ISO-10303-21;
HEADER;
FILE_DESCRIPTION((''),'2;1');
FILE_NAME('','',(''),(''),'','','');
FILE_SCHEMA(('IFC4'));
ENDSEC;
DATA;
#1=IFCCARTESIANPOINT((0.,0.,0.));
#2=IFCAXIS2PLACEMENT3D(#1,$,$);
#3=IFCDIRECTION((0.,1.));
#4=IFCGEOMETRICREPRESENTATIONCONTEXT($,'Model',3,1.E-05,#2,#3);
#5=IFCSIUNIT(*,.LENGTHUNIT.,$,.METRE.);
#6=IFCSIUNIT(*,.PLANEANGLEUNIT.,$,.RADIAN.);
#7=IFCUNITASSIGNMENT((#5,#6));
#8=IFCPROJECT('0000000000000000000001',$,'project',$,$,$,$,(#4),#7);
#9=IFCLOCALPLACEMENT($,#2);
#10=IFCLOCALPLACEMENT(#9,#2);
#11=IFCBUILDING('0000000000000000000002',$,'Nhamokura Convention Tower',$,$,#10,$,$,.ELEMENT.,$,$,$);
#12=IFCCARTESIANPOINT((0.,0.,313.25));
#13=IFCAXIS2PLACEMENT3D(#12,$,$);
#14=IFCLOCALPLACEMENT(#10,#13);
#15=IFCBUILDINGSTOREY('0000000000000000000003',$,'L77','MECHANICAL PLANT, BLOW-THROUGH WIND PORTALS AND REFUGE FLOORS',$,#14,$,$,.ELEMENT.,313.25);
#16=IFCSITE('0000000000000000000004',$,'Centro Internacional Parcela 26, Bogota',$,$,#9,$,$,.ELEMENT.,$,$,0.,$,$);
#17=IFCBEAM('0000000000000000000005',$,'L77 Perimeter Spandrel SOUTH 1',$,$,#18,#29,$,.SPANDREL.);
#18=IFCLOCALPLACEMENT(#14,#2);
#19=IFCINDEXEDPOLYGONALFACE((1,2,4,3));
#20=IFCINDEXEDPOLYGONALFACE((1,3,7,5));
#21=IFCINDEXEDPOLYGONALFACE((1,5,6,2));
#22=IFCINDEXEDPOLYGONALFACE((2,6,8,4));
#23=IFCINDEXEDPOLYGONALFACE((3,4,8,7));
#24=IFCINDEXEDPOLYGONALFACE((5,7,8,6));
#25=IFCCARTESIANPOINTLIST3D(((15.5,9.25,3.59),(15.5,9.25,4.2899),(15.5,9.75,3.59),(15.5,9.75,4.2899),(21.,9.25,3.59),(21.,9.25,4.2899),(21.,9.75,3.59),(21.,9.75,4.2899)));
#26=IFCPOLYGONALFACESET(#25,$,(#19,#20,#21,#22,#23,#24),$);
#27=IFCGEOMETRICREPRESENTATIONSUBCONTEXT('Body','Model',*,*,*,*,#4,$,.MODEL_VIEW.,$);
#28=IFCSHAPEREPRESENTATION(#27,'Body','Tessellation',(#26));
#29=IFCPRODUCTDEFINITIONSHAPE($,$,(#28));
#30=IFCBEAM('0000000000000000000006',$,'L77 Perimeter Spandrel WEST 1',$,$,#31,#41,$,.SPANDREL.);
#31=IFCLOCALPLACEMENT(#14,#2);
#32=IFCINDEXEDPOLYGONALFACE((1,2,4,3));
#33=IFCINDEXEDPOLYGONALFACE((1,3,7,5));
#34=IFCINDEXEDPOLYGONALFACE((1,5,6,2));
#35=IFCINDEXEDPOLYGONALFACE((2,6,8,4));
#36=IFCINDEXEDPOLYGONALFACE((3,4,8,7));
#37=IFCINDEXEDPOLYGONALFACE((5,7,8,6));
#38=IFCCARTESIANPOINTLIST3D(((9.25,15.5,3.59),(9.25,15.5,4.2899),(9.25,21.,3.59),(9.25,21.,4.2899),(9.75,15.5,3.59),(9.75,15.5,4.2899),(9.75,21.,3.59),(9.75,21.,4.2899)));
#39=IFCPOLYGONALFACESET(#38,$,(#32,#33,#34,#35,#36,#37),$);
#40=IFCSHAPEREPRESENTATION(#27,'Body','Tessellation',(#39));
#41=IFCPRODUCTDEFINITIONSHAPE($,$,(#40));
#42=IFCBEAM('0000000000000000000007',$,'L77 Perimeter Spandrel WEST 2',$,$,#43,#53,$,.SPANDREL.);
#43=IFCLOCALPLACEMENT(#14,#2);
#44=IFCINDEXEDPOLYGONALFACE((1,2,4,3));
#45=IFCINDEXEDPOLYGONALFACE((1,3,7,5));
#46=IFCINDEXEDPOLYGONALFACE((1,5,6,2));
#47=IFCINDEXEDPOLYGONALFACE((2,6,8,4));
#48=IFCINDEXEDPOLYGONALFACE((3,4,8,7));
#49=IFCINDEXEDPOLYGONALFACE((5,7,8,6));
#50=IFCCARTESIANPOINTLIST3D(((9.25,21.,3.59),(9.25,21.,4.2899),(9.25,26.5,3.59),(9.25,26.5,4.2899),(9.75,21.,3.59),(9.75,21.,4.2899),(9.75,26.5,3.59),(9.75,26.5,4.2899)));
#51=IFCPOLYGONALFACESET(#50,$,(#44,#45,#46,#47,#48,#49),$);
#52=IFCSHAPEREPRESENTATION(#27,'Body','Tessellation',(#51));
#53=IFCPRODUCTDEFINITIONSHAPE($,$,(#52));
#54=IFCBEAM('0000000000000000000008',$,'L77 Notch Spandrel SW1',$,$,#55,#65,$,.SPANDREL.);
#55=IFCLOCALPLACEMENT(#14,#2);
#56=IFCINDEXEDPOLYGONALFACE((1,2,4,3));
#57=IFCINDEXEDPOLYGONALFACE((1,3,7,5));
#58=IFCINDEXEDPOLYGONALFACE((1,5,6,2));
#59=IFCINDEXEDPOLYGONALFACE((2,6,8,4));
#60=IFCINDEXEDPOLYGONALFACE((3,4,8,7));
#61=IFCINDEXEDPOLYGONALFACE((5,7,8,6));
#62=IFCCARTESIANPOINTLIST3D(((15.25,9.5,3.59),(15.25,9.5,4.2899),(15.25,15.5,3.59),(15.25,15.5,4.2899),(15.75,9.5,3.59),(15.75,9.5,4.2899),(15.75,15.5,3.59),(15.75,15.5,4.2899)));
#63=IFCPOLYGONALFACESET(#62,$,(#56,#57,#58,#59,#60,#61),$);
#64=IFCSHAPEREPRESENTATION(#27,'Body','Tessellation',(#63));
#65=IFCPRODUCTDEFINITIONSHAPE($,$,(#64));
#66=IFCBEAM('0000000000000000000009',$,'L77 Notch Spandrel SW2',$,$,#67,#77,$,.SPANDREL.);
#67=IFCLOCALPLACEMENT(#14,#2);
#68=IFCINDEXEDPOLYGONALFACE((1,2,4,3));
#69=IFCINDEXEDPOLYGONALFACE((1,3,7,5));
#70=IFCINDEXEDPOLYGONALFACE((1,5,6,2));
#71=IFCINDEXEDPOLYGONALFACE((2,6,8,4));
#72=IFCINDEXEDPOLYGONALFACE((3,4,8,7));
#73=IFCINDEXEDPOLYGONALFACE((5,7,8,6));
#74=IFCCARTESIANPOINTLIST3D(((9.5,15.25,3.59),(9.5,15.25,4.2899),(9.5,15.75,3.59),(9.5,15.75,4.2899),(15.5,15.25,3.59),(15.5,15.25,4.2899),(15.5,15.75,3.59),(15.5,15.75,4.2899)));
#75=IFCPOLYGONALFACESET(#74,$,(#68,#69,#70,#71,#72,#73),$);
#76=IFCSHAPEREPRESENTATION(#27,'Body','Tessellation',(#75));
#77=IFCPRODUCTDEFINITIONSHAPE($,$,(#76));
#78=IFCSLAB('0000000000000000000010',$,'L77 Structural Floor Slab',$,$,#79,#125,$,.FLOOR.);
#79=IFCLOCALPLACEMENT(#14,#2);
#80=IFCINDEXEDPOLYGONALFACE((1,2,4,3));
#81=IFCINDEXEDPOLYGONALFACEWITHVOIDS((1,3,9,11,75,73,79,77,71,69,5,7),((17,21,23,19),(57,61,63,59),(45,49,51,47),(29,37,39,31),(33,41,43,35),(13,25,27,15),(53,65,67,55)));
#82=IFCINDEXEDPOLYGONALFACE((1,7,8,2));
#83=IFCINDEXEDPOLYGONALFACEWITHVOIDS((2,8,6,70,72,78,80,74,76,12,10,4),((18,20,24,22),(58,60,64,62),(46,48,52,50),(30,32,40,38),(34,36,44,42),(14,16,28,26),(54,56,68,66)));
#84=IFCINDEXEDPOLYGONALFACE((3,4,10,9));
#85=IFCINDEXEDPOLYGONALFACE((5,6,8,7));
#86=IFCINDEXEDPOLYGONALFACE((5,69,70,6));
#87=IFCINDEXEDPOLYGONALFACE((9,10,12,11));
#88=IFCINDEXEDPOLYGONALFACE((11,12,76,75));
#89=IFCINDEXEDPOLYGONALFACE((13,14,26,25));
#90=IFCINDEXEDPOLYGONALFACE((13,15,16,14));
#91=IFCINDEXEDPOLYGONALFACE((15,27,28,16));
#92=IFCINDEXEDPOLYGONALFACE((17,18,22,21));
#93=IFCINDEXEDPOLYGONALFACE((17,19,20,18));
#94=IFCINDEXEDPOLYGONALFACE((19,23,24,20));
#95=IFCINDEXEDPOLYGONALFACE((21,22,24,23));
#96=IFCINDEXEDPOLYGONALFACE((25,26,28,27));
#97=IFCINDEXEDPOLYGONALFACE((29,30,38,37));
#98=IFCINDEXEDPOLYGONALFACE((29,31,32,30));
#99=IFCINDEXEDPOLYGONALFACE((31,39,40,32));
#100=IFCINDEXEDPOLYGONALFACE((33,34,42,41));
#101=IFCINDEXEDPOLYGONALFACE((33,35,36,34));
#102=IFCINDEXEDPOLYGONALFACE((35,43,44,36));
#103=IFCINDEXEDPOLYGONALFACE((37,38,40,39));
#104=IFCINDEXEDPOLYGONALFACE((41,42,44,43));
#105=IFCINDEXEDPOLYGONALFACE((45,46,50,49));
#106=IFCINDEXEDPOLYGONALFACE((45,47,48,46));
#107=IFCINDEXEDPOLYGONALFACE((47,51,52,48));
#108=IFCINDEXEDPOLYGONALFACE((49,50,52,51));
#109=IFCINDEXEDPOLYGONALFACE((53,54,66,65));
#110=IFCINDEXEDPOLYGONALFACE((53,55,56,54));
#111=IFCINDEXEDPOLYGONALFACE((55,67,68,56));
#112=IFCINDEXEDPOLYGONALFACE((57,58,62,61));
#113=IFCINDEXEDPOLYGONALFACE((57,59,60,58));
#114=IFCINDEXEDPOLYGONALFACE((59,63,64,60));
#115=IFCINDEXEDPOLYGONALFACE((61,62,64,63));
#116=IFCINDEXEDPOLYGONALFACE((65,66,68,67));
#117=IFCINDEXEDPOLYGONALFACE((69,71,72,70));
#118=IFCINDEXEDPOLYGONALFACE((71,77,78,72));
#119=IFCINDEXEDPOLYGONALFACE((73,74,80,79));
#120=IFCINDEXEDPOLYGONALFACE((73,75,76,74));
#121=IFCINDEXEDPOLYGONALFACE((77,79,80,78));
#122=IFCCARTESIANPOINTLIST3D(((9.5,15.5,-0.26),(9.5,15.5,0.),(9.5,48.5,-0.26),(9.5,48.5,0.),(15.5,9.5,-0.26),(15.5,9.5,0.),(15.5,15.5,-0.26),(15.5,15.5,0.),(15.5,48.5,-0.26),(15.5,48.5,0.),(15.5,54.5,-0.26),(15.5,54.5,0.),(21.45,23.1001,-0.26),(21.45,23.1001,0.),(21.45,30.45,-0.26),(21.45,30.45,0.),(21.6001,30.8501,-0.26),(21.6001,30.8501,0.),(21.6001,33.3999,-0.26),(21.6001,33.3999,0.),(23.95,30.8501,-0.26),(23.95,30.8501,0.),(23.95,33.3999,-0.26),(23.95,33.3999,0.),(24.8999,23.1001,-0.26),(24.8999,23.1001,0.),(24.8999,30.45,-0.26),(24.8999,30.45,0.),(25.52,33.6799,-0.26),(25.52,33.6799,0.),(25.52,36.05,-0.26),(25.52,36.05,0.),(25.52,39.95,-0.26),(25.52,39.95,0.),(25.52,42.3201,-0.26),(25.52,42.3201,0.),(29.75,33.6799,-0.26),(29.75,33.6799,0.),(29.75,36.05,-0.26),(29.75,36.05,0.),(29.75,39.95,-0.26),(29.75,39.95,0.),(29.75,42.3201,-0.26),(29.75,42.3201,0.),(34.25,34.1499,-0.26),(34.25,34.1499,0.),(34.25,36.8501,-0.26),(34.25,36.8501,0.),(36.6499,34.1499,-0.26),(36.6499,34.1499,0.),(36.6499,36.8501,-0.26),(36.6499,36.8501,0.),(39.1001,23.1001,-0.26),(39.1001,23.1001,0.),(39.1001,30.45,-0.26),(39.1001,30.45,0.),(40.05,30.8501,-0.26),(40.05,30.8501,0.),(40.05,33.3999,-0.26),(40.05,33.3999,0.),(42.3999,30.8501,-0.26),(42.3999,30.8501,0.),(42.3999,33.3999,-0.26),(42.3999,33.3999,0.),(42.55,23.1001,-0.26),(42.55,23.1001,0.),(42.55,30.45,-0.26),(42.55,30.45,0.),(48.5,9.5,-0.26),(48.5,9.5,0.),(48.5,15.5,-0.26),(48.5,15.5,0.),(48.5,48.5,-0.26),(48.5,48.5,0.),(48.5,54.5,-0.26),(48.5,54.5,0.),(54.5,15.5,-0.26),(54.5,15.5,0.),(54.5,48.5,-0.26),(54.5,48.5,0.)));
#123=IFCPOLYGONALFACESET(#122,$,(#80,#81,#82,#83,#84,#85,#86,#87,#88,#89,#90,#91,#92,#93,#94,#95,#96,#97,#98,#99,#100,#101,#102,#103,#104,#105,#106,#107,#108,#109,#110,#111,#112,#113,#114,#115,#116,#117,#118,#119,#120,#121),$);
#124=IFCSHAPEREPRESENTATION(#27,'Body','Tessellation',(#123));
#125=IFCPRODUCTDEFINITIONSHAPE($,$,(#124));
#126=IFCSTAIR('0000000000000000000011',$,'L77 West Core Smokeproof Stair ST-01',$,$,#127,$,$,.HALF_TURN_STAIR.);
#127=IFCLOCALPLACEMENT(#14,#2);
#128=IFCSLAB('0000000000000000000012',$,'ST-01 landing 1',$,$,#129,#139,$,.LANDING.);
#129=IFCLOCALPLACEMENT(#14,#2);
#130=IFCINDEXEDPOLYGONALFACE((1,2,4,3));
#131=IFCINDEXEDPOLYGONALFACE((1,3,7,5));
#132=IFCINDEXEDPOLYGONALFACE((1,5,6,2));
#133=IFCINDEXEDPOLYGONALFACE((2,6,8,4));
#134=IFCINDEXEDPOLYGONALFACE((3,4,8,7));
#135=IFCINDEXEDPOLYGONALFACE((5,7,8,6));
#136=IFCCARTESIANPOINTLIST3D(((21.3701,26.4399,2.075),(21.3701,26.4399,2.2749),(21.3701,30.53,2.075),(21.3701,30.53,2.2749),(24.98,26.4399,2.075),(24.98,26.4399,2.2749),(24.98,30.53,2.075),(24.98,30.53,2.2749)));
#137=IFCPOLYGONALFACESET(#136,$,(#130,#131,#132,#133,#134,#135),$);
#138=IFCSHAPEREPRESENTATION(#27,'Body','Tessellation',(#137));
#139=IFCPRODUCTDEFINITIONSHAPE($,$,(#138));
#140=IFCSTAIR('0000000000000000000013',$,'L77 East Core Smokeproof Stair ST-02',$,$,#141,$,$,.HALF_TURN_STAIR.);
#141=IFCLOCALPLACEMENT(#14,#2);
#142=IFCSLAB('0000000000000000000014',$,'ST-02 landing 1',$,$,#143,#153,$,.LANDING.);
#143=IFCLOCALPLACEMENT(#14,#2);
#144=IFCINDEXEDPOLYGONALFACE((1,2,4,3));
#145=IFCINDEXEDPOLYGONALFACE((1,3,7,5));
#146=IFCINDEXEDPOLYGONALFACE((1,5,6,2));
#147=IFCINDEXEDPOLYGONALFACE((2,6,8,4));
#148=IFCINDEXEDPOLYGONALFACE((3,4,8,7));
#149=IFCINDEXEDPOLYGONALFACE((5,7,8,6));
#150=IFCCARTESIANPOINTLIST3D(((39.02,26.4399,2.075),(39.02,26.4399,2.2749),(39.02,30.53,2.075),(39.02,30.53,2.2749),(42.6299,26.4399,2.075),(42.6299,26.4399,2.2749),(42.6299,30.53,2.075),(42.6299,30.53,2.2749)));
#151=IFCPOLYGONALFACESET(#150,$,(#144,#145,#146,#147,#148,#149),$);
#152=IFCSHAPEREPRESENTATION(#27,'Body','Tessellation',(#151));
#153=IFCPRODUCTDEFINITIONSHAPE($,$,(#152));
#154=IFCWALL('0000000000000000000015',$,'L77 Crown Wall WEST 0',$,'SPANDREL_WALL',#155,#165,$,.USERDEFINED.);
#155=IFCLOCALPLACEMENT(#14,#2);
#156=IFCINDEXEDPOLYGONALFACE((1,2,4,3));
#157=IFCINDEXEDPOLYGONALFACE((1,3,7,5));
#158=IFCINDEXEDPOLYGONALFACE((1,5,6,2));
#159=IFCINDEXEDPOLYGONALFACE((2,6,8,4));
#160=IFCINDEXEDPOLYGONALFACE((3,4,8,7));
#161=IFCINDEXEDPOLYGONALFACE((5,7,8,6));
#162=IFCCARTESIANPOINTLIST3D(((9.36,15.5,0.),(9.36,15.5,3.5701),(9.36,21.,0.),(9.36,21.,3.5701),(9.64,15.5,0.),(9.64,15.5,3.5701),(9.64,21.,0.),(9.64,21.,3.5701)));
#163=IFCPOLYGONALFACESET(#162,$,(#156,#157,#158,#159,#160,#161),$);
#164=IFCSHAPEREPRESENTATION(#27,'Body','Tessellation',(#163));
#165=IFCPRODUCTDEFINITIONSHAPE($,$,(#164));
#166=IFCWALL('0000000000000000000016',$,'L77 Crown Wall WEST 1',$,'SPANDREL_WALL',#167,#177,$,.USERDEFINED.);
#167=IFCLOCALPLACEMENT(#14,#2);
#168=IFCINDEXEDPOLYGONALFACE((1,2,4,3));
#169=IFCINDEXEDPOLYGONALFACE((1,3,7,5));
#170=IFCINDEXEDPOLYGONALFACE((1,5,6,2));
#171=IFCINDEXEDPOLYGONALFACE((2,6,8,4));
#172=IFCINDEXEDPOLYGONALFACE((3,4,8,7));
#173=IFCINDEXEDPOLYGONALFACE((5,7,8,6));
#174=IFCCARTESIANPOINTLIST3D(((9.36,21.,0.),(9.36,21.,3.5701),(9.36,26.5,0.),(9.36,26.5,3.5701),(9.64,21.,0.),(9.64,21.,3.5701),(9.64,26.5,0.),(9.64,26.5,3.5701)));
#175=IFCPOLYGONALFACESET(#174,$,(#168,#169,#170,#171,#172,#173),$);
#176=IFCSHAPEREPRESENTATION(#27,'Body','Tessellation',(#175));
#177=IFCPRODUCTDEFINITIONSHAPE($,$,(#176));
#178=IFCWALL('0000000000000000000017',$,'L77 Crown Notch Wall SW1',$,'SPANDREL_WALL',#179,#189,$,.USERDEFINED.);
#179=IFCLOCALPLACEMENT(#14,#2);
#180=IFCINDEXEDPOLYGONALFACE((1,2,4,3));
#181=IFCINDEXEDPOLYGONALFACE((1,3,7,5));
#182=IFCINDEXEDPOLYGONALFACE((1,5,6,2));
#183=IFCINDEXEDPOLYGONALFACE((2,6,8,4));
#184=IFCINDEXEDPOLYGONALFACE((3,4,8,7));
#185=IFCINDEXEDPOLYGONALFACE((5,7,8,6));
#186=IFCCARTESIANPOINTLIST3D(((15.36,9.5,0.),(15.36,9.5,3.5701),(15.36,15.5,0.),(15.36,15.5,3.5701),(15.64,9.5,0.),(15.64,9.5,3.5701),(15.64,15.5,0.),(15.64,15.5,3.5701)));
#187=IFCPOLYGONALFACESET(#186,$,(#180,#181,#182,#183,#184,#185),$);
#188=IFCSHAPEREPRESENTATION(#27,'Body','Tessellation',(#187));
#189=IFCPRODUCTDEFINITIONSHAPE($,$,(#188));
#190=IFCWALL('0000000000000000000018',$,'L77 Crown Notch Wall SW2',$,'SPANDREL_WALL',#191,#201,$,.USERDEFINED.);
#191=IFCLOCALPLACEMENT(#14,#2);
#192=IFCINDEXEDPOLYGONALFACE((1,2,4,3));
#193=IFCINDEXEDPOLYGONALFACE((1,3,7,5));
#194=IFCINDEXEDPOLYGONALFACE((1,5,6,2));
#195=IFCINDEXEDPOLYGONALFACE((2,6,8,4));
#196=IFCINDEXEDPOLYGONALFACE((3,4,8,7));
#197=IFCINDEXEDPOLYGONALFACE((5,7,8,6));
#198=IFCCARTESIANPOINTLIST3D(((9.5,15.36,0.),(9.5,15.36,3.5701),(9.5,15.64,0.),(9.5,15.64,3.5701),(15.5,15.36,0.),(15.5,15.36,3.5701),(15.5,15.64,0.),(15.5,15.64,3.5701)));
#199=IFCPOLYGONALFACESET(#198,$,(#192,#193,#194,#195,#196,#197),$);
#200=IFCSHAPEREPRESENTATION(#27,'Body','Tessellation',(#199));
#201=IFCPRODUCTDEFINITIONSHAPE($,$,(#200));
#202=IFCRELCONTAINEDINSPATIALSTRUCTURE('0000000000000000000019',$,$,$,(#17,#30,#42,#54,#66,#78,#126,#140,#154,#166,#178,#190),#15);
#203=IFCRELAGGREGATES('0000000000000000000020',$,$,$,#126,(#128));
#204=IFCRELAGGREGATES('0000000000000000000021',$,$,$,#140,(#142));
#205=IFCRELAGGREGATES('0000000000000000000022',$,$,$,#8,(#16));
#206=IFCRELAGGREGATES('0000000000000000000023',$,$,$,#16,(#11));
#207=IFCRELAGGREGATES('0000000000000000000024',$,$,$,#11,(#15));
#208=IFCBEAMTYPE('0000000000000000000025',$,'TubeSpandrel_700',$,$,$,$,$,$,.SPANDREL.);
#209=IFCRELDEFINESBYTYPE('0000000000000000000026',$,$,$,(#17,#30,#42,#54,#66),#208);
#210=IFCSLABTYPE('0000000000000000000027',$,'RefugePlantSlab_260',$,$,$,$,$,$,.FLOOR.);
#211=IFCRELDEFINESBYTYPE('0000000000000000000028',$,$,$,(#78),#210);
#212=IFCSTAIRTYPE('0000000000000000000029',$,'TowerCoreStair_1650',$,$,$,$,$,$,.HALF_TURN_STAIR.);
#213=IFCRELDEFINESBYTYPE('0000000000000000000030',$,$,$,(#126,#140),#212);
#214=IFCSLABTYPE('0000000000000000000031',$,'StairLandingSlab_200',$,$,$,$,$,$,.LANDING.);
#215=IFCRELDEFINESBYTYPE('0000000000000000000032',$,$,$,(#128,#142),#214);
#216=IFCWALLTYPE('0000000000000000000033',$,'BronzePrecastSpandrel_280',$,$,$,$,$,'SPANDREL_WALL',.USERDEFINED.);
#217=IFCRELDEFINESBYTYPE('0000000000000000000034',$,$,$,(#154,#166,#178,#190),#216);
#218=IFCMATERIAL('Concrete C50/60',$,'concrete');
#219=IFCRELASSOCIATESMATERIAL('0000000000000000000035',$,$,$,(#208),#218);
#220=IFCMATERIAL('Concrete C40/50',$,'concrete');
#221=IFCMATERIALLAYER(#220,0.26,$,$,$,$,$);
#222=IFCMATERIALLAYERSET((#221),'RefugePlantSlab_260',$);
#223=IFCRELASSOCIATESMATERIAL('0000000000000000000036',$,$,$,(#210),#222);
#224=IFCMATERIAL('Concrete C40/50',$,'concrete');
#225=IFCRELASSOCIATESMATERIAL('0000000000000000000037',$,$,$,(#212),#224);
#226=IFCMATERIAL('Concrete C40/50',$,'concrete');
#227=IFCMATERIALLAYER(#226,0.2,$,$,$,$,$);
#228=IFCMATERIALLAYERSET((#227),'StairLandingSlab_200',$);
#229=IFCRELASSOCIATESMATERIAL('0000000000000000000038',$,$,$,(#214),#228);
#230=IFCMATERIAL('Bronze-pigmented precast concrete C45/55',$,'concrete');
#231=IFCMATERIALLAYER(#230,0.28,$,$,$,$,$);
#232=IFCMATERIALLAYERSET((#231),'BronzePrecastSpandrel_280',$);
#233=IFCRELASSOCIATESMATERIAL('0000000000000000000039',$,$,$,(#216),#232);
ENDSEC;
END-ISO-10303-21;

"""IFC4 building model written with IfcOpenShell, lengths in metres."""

from ifc_helpers import new_model, si_unit, direction, frame, frame_2d, origin, origin_2d, place, context, subcontext, project, spatial, polyline, rectangle, outline, extrude, material, layer, layer_set, material_profile, profile_set, type_object, element, aggregate, save


model = new_model("IFC4")

# Units and contexts
model_context = context("Model", 3, precision=1e-05, world=origin(), true_north=direction((0.0, 1.0)))
body_context = subcontext(model_context, "Body", "Model", "MODEL_VIEW")
ifc_project = project(units=[si_unit("LENGTHUNIT", "METRE"), si_unit("PLANEANGLEUNIT", "RADIAN")], contexts=[model_context])

# Site, building, storey
site_placement = place(None, origin())
site = spatial("IfcSite", under=ifc_project, at=site_placement, Name="Centro Internacional Parcela 26, Bogota", CompositionType="ELEMENT", RefElevation=0.0)
building_placement = place(site_placement, origin())
building = spatial("IfcBuilding", under=site, at=building_placement, Name="Nhamokura Convention Tower", CompositionType="ELEMENT")
storey_placement = place(building_placement, frame((0.0, 0.0, 313.25)))
storey = spatial("IfcBuildingStorey", under=building, at=storey_placement, Name="L77", Description="MECHANICAL PLANT, BLOW-THROUGH WIND PORTALS AND REFUGE FLOORS", CompositionType="ELEMENT", Elevation=313.25)

# Beams
ifc_material_1 = material(Name="Concrete C50/60", Category="concrete")
ifc_material_profile_1 = material_profile(ifc_material_1, rectangle(XDim=0.5, YDim=0.7, at=origin_2d()))
ifc_profile_set_1 = profile_set([ifc_material_profile_1], Name="Concrete C50/60")
beam_type_1 = type_object("IfcBeamType", Name="TubeSpandrel_700", PredefinedType="SPANDREL", material=ifc_profile_set_1)
for number, where, z_axis, x_axis, name in (
    (1, (15.5, 9.5, 3.9399), (1.0, 0.0, 0.0), (0.0, 1.0, 0.0), "L77 Perimeter Spandrel SOUTH 1"),
    (2, (9.5, 15.5, 3.9399), (0.0, 1.0, 0.0), (-1.0, 0.0, 0.0), "L77 Perimeter Spandrel WEST 1"),
    (3, (9.5, 21.0, 3.9399), (0.0, 1.0, 0.0), (-1.0, 0.0, 0.0), "L77 Perimeter Spandrel WEST 2"),
):
    element("IfcBeam", number, at=place(storey_placement, frame(where, z_axis=z_axis, x_axis=x_axis)), inside=storey, type_object=beam_type_1, Name=name, PredefinedType="SPANDREL", context=body_context, shape_type="SweptSolid", body=[
        extrude(rectangle(XDim=0.5, YDim=0.7, at=origin_2d()), origin(), (0.0, 0.0, 1.0), 5.5),
    ])
for number, where, z_axis, x_axis, name in (
    (4, (15.5, 9.5, 3.9399), (0.0, 1.0, 0.0), (-1.0, 0.0, 0.0), "L77 Notch Spandrel SW1"),
    (5, (15.5, 15.5, 3.9399), (-1.0, 0.0, 0.0), (0.0, -1.0, 0.0), "L77 Notch Spandrel SW2"),
):
    element("IfcBeam", number, at=place(storey_placement, frame(where, z_axis=z_axis, x_axis=x_axis)), inside=storey, type_object=beam_type_1, Name=name, PredefinedType="SPANDREL", context=body_context, shape_type="SweptSolid", body=[
        extrude(rectangle(XDim=0.5, YDim=0.7, at=origin_2d()), origin(), (0.0, 0.0, 1.0), 6.0),
    ])

# Slab
ifc_material_2 = material(Name="Concrete C40/50", Category="concrete")
ifc_layer_1 = layer(ifc_material_2, 0.26)
ifc_layer_set_1 = layer_set([ifc_layer_1], Name="RefugePlantSlab_260")
slab_type_1 = type_object("IfcSlabType", Name="RefugePlantSlab_260", PredefinedType="FLOOR", material=ifc_layer_set_1)
slab_1_placement = place(storey_placement, frame((0.0, 0.0, -0.26)))
element("IfcSlab", 6, at=slab_1_placement, inside=storey, type_object=slab_type_1, Name="L77 Structural Floor Slab", PredefinedType="FLOOR", context=body_context, shape_type="SweptSolid", body=[
    extrude(outline(polyline([(15.5, 9.5), (48.5, 9.5), (48.5, 15.5), (54.5, 15.5), (54.5, 48.5), (48.5, 48.5), (48.5, 54.5), (15.5, 54.5), (15.5, 48.5), (9.5, 48.5), (9.5, 15.5), (15.5, 15.5), (15.5, 9.5)]), holes=[polyline([(24.8999, 23.1001), (24.8999, 30.45), (21.45, 30.45), (21.45, 23.1001), (24.8999, 23.1001)]), polyline([(42.55, 23.1001), (42.55, 30.45), (39.1001, 30.45), (39.1001, 23.1001), (42.55, 23.1001)]), polyline([(21.6001, 30.8501), (23.95, 30.8501), (23.95, 33.3999), (21.6001, 33.3999), (21.6001, 30.8501)]), polyline([(40.05, 30.8501), (42.3999, 30.8501), (42.3999, 33.3999), (40.05, 33.3999), (40.05, 30.8501)]), polyline([(34.25, 34.1499), (36.6499, 34.1499), (36.6499, 36.8501), (34.25, 36.8501), (34.25, 34.1499)]), polyline([(25.52, 33.6799), (29.75, 33.6799), (29.75, 36.05), (25.52, 36.05), (25.52, 33.6799)]), polyline([(25.52, 39.95), (29.75, 39.95), (29.75, 42.3201), (25.52, 42.3201), (25.52, 39.95)])]), origin(), (0.0, 0.0, 1.0), 0.26),
])

# Stairs, slabs
ifc_material_3 = material(Name="Concrete C40/50", Category="concrete")
stair_type = type_object("IfcStairType", Name="TowerCoreStair_1650", PredefinedType="HALF_TURN_STAIR", material=ifc_material_3)
stair_1_placement = place(storey_placement, origin())
stair_1 = element("IfcStair", 7, at=stair_1_placement, inside=storey, type_object=stair_type, Name="L77 West Core Smokeproof Stair ST-01", PredefinedType="HALF_TURN_STAIR")
ifc_material_4 = material(Name="Concrete C40/50", Category="concrete")
ifc_layer_2 = layer(ifc_material_4, 0.2)
ifc_layer_set_2 = layer_set([ifc_layer_2], Name="StairLandingSlab_200")
slab_type_2 = type_object("IfcSlabType", Name="StairLandingSlab_200", PredefinedType="LANDING", material=ifc_layer_set_2)
slab_2_placement = place(storey_placement, frame((0.0, 0.0, 2.075)))
slab_2 = element("IfcSlab", 8, at=slab_2_placement, type_object=slab_type_2, Name="ST-01 landing 1", PredefinedType="LANDING", context=body_context, shape_type="SweptSolid", body=[
    extrude(outline(polyline([(24.98, 26.4399), (24.98, 30.53), (21.3701, 30.53), (21.3701, 26.4399), (24.98, 26.4399)])), origin(), (0.0, 0.0, 1.0), 0.2),
])
aggregate(stair_1, [slab_2])
stair_2_placement = place(storey_placement, origin())
stair_2 = element("IfcStair", 9, at=stair_2_placement, inside=storey, type_object=stair_type, Name="L77 East Core Smokeproof Stair ST-02", PredefinedType="HALF_TURN_STAIR")
slab_3_placement = place(storey_placement, frame((0.0, 0.0, 2.075)))
slab_3 = element("IfcSlab", 10, at=slab_3_placement, type_object=slab_type_2, Name="ST-02 landing 1", PredefinedType="LANDING", context=body_context, shape_type="SweptSolid", body=[
    extrude(outline(polyline([(42.6299, 26.4399), (42.6299, 30.53), (39.02, 30.53), (39.02, 26.4399), (42.6299, 26.4399)])), origin(), (0.0, 0.0, 1.0), 0.2),
])
aggregate(stair_2, [slab_3])

# Walls
ifc_material_5 = material(Name="Bronze-pigmented precast concrete C45/55", Category="concrete")
ifc_layer_3 = layer(ifc_material_5, 0.28)
ifc_layer_set_3 = layer_set([ifc_layer_3], Name="BronzePrecastSpandrel_280")
wall_type_1 = type_object("IfcWallType", Name="BronzePrecastSpandrel_280", ElementType="SPANDREL_WALL", PredefinedType="USERDEFINED", material=ifc_layer_set_3)
for number, where, z_axis, x_axis, name in (
    (11, (9.5, 15.5, 0.0), (0.0, 0.0, 1.0), (0.0, 1.0, 0.0), "L77 Crown Wall WEST 0"),
    (12, (9.5, 21.0, 0.0), (0.0, 0.0, 1.0), (0.0, 1.0, 0.0), "L77 Crown Wall WEST 1"),
):
    element("IfcWall", number, at=place(storey_placement, frame(where, z_axis=z_axis, x_axis=x_axis)), inside=storey, type_object=wall_type_1, Name=name, ObjectType="SPANDREL_WALL", PredefinedType="USERDEFINED", context=body_context, shape_type="SweptSolid", body=[
        extrude(rectangle(XDim=5.5, YDim=0.28, at=frame_2d((2.75, 0.0))), origin(), (0.0, 0.0, 1.0), 3.5701),
    ])
for number, where, z_axis, x_axis, name in (
    (13, (15.5, 9.5, 0.0), (0.0, 0.0, 1.0), (0.0, 1.0, 0.0), "L77 Crown Notch Wall SW1"),
    (14, (15.5, 15.5, 0.0), (0.0, 0.0, 1.0), (-1.0, 0.0, 0.0), "L77 Crown Notch Wall SW2"),
):
    element("IfcWall", number, at=place(storey_placement, frame(where, z_axis=z_axis, x_axis=x_axis)), inside=storey, type_object=wall_type_1, Name=name, ObjectType="SPANDREL_WALL", PredefinedType="USERDEFINED", context=body_context, shape_type="SweptSolid", body=[
        extrude(rectangle(XDim=6.0, YDim=0.28, at=frame_2d((3.0, 0.0))), origin(), (0.0, 0.0, 1.0), 3.5701),
    ])

save(model, "model.ifc")
